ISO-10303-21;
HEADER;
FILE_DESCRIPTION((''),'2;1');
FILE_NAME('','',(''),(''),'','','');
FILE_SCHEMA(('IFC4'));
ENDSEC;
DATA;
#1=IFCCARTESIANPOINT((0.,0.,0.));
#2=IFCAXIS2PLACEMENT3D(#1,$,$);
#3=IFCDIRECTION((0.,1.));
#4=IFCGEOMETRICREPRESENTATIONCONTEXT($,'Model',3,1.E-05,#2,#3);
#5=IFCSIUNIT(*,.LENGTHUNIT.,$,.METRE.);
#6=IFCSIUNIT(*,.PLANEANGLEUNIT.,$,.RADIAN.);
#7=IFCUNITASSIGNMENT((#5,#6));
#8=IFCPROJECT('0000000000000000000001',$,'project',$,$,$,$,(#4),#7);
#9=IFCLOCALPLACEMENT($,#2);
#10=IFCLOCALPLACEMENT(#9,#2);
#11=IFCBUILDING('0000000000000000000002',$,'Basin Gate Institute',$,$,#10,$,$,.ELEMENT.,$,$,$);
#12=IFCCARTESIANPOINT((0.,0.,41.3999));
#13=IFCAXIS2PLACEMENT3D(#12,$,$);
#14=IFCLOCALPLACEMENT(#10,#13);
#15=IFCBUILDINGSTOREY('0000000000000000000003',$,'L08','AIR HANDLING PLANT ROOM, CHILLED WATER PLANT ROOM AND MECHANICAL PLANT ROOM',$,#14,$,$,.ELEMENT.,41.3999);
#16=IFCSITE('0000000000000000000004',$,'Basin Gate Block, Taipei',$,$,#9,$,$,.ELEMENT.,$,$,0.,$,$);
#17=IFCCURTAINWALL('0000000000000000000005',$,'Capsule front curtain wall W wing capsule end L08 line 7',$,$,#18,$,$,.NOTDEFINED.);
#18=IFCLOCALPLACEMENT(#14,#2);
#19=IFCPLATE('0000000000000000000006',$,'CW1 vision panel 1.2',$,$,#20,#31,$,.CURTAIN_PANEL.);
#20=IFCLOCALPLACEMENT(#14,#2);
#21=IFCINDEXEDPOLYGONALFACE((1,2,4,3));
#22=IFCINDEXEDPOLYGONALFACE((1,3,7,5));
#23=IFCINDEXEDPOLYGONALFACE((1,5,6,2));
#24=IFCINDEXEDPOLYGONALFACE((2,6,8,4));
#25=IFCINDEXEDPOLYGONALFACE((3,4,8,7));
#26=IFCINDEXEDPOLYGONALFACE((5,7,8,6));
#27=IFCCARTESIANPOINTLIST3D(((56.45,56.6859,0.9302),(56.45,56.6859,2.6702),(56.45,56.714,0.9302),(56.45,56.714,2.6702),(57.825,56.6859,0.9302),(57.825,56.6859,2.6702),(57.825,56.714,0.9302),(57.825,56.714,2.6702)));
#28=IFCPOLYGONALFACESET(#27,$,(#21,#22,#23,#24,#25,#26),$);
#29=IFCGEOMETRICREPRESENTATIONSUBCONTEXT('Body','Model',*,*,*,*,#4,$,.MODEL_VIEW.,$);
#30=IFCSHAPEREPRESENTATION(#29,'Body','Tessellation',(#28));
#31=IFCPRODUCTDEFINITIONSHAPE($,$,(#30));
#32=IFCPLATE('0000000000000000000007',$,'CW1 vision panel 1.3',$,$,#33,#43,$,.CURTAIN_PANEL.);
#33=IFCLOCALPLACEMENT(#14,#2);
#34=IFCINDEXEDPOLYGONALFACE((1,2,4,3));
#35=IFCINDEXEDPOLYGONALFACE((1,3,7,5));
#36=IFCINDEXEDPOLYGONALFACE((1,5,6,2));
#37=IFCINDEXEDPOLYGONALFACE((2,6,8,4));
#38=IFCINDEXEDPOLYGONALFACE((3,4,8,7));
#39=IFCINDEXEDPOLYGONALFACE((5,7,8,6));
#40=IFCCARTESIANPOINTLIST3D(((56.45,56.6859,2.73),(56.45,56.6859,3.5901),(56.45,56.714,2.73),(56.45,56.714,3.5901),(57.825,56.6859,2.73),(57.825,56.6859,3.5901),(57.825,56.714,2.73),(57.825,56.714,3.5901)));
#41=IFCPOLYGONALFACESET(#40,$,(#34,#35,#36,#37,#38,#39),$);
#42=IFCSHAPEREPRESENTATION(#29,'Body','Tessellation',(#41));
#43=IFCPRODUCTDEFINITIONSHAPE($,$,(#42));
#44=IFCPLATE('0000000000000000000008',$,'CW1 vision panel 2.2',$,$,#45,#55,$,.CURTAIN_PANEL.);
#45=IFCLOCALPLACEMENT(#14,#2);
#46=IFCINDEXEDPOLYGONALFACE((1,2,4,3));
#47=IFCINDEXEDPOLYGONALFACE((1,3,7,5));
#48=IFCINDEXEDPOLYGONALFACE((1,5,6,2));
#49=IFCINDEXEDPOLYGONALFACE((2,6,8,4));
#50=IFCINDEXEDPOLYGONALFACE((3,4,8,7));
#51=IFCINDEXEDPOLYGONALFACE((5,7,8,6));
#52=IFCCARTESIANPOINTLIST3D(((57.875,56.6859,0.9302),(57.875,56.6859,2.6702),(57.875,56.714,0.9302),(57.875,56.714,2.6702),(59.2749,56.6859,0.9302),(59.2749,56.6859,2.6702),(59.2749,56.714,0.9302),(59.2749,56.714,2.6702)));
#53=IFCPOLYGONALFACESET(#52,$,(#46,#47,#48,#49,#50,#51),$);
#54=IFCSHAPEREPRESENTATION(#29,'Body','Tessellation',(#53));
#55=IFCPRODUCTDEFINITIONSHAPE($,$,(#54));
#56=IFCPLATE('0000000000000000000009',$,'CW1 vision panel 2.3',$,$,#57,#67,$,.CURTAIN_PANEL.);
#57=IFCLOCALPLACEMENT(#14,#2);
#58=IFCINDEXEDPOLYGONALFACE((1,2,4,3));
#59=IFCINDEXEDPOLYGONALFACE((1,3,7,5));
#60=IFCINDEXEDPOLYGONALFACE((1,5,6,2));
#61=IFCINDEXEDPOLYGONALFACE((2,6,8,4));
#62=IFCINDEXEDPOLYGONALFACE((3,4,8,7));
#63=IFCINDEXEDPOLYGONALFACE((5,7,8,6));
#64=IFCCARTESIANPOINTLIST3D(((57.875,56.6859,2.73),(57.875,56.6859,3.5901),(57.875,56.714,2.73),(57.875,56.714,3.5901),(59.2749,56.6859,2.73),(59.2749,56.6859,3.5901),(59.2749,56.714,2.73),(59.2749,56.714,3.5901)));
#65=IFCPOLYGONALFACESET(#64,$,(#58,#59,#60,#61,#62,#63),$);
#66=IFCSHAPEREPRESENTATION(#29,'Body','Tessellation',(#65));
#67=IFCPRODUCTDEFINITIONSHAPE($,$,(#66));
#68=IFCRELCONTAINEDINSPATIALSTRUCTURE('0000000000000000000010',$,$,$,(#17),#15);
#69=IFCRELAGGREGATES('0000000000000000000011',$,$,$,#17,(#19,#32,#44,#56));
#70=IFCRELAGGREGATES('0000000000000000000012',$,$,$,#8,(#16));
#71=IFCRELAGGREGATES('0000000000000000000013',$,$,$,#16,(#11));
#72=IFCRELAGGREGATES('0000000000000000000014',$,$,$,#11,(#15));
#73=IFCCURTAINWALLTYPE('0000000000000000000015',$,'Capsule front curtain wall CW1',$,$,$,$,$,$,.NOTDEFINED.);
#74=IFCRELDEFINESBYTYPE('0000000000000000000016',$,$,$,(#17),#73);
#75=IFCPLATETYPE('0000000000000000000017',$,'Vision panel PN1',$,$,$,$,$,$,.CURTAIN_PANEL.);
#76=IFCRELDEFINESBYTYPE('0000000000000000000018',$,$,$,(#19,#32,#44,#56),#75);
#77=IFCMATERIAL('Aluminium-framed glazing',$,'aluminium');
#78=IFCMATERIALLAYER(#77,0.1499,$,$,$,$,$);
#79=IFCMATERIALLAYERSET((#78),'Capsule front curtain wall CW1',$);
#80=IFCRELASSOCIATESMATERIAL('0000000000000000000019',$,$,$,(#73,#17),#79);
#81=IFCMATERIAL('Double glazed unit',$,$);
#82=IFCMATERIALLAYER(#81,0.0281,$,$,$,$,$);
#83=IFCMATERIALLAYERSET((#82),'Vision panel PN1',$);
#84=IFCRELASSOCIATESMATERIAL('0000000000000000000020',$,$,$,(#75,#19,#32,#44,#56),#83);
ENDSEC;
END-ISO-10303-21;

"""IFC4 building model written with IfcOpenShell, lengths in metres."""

from ifc_helpers import new_model, si_unit, direction, frame, origin, origin_2d, place, context, subcontext, project, spatial, rectangle, extrude, material, layer, layer_set, type_object, element, aggregate, save


model = new_model("IFC4")

# Units and contexts
model_context = context("Model", 3, precision=1e-05, world=origin(), true_north=direction((0.0, 1.0)))
body_context = subcontext(model_context, "Body", "Model", "MODEL_VIEW")
ifc_project = project(units=[si_unit("LENGTHUNIT", "METRE"), si_unit("PLANEANGLEUNIT", "RADIAN")], contexts=[model_context])

# Site, building, storey
site_placement = place(None, origin())
site = spatial("IfcSite", under=ifc_project, at=site_placement, Name="Basin Gate Block, Taipei", CompositionType="ELEMENT", RefElevation=0.0)
building_placement = place(site_placement, origin())
building = spatial("IfcBuilding", under=site, at=building_placement, Name="Basin Gate Institute", CompositionType="ELEMENT")
storey_placement = place(building_placement, frame((0.0, 0.0, 41.3999)))
storey = spatial("IfcBuildingStorey", under=building, at=storey_placement, Name="L08", Description="AIR HANDLING PLANT ROOM, CHILLED WATER PLANT ROOM AND MECHANICAL PLANT ROOM", CompositionType="ELEMENT", Elevation=41.3999)

# Shared definitions
ifc_material_1 = material(Name="Aluminium-framed glazing", Category="aluminium")
ifc_layer_1 = layer(ifc_material_1, 0.1499)
ifc_layer_set_1 = layer_set([ifc_layer_1], Name="Capsule front curtain wall CW1")
curtain_wall_type = type_object("IfcCurtainWallType", Name="Capsule front curtain wall CW1", PredefinedType="NOTDEFINED", material=ifc_layer_set_1)

# Curtain wall
curtain_wall_1_placement = place(storey_placement, origin())
curtain_wall_1 = element("IfcCurtainWall", 1, at=curtain_wall_1_placement, inside=storey, type_object=curtain_wall_type, material=ifc_layer_set_1, Name="Capsule front curtain wall W wing capsule end L08 line 7", PredefinedType="NOTDEFINED")

# Plates
ifc_material_2 = material(Name="Double glazed unit")
ifc_layer_2 = layer(ifc_material_2, 0.0281)
ifc_layer_set_2 = layer_set([ifc_layer_2], Name="Vision panel PN1")
plate_type_1 = type_object("IfcPlateType", Name="Vision panel PN1", PredefinedType="CURTAIN_PANEL", material=ifc_layer_set_2)
plate_1_placement = place(storey_placement, frame((57.1375, 56.7, 0.9302), z_axis=(0.0, 0.0, 1.0), x_axis=(1.0, 0.0, 0.0)))
plate_1 = element("IfcPlate", 2, at=plate_1_placement, type_object=plate_type_1, material=ifc_layer_set_2, Name="CW1 vision panel 1.2", PredefinedType="CURTAIN_PANEL", context=body_context, shape_type="SweptSolid", body=[
    extrude(rectangle(XDim=1.375, YDim=0.0281, at=origin_2d()), origin(), (0.0, 0.0, 1.0), 1.74),
])
plate_2_placement = place(storey_placement, frame((57.1375, 56.7, 2.73), z_axis=(0.0, 0.0, 1.0), x_axis=(1.0, 0.0, 0.0)))
plate_2 = element("IfcPlate", 3, at=plate_2_placement, type_object=plate_type_1, material=ifc_layer_set_2, Name="CW1 vision panel 1.3", PredefinedType="CURTAIN_PANEL", context=body_context, shape_type="SweptSolid", body=[
    extrude(rectangle(XDim=1.375, YDim=0.0281, at=origin_2d()), origin(), (0.0, 0.0, 1.0), 0.8601),
])
plate_3_placement = place(storey_placement, frame((58.575, 56.7, 0.9302), z_axis=(0.0, 0.0, 1.0), x_axis=(1.0, 0.0, 0.0)))
plate_3 = element("IfcPlate", 4, at=plate_3_placement, type_object=plate_type_1, material=ifc_layer_set_2, Name="CW1 vision panel 2.2", PredefinedType="CURTAIN_PANEL", context=body_context, shape_type="SweptSolid", body=[
    extrude(rectangle(XDim=1.3999, YDim=0.0281, at=origin_2d()), origin(), (0.0, 0.0, 1.0), 1.74),
])
plate_4_placement = place(storey_placement, frame((58.575, 56.7, 2.73), z_axis=(0.0, 0.0, 1.0), x_axis=(1.0, 0.0, 0.0)))
plate_4 = element("IfcPlate", 5, at=plate_4_placement, type_object=plate_type_1, material=ifc_layer_set_2, Name="CW1 vision panel 2.3", PredefinedType="CURTAIN_PANEL", context=body_context, shape_type="SweptSolid", body=[
    extrude(rectangle(XDim=1.3999, YDim=0.0281, at=origin_2d()), origin(), (0.0, 0.0, 1.0), 0.8601),
])
aggregate(curtain_wall_1, [plate_1, plate_2, plate_3, plate_4])

save(model, "model.ifc")
